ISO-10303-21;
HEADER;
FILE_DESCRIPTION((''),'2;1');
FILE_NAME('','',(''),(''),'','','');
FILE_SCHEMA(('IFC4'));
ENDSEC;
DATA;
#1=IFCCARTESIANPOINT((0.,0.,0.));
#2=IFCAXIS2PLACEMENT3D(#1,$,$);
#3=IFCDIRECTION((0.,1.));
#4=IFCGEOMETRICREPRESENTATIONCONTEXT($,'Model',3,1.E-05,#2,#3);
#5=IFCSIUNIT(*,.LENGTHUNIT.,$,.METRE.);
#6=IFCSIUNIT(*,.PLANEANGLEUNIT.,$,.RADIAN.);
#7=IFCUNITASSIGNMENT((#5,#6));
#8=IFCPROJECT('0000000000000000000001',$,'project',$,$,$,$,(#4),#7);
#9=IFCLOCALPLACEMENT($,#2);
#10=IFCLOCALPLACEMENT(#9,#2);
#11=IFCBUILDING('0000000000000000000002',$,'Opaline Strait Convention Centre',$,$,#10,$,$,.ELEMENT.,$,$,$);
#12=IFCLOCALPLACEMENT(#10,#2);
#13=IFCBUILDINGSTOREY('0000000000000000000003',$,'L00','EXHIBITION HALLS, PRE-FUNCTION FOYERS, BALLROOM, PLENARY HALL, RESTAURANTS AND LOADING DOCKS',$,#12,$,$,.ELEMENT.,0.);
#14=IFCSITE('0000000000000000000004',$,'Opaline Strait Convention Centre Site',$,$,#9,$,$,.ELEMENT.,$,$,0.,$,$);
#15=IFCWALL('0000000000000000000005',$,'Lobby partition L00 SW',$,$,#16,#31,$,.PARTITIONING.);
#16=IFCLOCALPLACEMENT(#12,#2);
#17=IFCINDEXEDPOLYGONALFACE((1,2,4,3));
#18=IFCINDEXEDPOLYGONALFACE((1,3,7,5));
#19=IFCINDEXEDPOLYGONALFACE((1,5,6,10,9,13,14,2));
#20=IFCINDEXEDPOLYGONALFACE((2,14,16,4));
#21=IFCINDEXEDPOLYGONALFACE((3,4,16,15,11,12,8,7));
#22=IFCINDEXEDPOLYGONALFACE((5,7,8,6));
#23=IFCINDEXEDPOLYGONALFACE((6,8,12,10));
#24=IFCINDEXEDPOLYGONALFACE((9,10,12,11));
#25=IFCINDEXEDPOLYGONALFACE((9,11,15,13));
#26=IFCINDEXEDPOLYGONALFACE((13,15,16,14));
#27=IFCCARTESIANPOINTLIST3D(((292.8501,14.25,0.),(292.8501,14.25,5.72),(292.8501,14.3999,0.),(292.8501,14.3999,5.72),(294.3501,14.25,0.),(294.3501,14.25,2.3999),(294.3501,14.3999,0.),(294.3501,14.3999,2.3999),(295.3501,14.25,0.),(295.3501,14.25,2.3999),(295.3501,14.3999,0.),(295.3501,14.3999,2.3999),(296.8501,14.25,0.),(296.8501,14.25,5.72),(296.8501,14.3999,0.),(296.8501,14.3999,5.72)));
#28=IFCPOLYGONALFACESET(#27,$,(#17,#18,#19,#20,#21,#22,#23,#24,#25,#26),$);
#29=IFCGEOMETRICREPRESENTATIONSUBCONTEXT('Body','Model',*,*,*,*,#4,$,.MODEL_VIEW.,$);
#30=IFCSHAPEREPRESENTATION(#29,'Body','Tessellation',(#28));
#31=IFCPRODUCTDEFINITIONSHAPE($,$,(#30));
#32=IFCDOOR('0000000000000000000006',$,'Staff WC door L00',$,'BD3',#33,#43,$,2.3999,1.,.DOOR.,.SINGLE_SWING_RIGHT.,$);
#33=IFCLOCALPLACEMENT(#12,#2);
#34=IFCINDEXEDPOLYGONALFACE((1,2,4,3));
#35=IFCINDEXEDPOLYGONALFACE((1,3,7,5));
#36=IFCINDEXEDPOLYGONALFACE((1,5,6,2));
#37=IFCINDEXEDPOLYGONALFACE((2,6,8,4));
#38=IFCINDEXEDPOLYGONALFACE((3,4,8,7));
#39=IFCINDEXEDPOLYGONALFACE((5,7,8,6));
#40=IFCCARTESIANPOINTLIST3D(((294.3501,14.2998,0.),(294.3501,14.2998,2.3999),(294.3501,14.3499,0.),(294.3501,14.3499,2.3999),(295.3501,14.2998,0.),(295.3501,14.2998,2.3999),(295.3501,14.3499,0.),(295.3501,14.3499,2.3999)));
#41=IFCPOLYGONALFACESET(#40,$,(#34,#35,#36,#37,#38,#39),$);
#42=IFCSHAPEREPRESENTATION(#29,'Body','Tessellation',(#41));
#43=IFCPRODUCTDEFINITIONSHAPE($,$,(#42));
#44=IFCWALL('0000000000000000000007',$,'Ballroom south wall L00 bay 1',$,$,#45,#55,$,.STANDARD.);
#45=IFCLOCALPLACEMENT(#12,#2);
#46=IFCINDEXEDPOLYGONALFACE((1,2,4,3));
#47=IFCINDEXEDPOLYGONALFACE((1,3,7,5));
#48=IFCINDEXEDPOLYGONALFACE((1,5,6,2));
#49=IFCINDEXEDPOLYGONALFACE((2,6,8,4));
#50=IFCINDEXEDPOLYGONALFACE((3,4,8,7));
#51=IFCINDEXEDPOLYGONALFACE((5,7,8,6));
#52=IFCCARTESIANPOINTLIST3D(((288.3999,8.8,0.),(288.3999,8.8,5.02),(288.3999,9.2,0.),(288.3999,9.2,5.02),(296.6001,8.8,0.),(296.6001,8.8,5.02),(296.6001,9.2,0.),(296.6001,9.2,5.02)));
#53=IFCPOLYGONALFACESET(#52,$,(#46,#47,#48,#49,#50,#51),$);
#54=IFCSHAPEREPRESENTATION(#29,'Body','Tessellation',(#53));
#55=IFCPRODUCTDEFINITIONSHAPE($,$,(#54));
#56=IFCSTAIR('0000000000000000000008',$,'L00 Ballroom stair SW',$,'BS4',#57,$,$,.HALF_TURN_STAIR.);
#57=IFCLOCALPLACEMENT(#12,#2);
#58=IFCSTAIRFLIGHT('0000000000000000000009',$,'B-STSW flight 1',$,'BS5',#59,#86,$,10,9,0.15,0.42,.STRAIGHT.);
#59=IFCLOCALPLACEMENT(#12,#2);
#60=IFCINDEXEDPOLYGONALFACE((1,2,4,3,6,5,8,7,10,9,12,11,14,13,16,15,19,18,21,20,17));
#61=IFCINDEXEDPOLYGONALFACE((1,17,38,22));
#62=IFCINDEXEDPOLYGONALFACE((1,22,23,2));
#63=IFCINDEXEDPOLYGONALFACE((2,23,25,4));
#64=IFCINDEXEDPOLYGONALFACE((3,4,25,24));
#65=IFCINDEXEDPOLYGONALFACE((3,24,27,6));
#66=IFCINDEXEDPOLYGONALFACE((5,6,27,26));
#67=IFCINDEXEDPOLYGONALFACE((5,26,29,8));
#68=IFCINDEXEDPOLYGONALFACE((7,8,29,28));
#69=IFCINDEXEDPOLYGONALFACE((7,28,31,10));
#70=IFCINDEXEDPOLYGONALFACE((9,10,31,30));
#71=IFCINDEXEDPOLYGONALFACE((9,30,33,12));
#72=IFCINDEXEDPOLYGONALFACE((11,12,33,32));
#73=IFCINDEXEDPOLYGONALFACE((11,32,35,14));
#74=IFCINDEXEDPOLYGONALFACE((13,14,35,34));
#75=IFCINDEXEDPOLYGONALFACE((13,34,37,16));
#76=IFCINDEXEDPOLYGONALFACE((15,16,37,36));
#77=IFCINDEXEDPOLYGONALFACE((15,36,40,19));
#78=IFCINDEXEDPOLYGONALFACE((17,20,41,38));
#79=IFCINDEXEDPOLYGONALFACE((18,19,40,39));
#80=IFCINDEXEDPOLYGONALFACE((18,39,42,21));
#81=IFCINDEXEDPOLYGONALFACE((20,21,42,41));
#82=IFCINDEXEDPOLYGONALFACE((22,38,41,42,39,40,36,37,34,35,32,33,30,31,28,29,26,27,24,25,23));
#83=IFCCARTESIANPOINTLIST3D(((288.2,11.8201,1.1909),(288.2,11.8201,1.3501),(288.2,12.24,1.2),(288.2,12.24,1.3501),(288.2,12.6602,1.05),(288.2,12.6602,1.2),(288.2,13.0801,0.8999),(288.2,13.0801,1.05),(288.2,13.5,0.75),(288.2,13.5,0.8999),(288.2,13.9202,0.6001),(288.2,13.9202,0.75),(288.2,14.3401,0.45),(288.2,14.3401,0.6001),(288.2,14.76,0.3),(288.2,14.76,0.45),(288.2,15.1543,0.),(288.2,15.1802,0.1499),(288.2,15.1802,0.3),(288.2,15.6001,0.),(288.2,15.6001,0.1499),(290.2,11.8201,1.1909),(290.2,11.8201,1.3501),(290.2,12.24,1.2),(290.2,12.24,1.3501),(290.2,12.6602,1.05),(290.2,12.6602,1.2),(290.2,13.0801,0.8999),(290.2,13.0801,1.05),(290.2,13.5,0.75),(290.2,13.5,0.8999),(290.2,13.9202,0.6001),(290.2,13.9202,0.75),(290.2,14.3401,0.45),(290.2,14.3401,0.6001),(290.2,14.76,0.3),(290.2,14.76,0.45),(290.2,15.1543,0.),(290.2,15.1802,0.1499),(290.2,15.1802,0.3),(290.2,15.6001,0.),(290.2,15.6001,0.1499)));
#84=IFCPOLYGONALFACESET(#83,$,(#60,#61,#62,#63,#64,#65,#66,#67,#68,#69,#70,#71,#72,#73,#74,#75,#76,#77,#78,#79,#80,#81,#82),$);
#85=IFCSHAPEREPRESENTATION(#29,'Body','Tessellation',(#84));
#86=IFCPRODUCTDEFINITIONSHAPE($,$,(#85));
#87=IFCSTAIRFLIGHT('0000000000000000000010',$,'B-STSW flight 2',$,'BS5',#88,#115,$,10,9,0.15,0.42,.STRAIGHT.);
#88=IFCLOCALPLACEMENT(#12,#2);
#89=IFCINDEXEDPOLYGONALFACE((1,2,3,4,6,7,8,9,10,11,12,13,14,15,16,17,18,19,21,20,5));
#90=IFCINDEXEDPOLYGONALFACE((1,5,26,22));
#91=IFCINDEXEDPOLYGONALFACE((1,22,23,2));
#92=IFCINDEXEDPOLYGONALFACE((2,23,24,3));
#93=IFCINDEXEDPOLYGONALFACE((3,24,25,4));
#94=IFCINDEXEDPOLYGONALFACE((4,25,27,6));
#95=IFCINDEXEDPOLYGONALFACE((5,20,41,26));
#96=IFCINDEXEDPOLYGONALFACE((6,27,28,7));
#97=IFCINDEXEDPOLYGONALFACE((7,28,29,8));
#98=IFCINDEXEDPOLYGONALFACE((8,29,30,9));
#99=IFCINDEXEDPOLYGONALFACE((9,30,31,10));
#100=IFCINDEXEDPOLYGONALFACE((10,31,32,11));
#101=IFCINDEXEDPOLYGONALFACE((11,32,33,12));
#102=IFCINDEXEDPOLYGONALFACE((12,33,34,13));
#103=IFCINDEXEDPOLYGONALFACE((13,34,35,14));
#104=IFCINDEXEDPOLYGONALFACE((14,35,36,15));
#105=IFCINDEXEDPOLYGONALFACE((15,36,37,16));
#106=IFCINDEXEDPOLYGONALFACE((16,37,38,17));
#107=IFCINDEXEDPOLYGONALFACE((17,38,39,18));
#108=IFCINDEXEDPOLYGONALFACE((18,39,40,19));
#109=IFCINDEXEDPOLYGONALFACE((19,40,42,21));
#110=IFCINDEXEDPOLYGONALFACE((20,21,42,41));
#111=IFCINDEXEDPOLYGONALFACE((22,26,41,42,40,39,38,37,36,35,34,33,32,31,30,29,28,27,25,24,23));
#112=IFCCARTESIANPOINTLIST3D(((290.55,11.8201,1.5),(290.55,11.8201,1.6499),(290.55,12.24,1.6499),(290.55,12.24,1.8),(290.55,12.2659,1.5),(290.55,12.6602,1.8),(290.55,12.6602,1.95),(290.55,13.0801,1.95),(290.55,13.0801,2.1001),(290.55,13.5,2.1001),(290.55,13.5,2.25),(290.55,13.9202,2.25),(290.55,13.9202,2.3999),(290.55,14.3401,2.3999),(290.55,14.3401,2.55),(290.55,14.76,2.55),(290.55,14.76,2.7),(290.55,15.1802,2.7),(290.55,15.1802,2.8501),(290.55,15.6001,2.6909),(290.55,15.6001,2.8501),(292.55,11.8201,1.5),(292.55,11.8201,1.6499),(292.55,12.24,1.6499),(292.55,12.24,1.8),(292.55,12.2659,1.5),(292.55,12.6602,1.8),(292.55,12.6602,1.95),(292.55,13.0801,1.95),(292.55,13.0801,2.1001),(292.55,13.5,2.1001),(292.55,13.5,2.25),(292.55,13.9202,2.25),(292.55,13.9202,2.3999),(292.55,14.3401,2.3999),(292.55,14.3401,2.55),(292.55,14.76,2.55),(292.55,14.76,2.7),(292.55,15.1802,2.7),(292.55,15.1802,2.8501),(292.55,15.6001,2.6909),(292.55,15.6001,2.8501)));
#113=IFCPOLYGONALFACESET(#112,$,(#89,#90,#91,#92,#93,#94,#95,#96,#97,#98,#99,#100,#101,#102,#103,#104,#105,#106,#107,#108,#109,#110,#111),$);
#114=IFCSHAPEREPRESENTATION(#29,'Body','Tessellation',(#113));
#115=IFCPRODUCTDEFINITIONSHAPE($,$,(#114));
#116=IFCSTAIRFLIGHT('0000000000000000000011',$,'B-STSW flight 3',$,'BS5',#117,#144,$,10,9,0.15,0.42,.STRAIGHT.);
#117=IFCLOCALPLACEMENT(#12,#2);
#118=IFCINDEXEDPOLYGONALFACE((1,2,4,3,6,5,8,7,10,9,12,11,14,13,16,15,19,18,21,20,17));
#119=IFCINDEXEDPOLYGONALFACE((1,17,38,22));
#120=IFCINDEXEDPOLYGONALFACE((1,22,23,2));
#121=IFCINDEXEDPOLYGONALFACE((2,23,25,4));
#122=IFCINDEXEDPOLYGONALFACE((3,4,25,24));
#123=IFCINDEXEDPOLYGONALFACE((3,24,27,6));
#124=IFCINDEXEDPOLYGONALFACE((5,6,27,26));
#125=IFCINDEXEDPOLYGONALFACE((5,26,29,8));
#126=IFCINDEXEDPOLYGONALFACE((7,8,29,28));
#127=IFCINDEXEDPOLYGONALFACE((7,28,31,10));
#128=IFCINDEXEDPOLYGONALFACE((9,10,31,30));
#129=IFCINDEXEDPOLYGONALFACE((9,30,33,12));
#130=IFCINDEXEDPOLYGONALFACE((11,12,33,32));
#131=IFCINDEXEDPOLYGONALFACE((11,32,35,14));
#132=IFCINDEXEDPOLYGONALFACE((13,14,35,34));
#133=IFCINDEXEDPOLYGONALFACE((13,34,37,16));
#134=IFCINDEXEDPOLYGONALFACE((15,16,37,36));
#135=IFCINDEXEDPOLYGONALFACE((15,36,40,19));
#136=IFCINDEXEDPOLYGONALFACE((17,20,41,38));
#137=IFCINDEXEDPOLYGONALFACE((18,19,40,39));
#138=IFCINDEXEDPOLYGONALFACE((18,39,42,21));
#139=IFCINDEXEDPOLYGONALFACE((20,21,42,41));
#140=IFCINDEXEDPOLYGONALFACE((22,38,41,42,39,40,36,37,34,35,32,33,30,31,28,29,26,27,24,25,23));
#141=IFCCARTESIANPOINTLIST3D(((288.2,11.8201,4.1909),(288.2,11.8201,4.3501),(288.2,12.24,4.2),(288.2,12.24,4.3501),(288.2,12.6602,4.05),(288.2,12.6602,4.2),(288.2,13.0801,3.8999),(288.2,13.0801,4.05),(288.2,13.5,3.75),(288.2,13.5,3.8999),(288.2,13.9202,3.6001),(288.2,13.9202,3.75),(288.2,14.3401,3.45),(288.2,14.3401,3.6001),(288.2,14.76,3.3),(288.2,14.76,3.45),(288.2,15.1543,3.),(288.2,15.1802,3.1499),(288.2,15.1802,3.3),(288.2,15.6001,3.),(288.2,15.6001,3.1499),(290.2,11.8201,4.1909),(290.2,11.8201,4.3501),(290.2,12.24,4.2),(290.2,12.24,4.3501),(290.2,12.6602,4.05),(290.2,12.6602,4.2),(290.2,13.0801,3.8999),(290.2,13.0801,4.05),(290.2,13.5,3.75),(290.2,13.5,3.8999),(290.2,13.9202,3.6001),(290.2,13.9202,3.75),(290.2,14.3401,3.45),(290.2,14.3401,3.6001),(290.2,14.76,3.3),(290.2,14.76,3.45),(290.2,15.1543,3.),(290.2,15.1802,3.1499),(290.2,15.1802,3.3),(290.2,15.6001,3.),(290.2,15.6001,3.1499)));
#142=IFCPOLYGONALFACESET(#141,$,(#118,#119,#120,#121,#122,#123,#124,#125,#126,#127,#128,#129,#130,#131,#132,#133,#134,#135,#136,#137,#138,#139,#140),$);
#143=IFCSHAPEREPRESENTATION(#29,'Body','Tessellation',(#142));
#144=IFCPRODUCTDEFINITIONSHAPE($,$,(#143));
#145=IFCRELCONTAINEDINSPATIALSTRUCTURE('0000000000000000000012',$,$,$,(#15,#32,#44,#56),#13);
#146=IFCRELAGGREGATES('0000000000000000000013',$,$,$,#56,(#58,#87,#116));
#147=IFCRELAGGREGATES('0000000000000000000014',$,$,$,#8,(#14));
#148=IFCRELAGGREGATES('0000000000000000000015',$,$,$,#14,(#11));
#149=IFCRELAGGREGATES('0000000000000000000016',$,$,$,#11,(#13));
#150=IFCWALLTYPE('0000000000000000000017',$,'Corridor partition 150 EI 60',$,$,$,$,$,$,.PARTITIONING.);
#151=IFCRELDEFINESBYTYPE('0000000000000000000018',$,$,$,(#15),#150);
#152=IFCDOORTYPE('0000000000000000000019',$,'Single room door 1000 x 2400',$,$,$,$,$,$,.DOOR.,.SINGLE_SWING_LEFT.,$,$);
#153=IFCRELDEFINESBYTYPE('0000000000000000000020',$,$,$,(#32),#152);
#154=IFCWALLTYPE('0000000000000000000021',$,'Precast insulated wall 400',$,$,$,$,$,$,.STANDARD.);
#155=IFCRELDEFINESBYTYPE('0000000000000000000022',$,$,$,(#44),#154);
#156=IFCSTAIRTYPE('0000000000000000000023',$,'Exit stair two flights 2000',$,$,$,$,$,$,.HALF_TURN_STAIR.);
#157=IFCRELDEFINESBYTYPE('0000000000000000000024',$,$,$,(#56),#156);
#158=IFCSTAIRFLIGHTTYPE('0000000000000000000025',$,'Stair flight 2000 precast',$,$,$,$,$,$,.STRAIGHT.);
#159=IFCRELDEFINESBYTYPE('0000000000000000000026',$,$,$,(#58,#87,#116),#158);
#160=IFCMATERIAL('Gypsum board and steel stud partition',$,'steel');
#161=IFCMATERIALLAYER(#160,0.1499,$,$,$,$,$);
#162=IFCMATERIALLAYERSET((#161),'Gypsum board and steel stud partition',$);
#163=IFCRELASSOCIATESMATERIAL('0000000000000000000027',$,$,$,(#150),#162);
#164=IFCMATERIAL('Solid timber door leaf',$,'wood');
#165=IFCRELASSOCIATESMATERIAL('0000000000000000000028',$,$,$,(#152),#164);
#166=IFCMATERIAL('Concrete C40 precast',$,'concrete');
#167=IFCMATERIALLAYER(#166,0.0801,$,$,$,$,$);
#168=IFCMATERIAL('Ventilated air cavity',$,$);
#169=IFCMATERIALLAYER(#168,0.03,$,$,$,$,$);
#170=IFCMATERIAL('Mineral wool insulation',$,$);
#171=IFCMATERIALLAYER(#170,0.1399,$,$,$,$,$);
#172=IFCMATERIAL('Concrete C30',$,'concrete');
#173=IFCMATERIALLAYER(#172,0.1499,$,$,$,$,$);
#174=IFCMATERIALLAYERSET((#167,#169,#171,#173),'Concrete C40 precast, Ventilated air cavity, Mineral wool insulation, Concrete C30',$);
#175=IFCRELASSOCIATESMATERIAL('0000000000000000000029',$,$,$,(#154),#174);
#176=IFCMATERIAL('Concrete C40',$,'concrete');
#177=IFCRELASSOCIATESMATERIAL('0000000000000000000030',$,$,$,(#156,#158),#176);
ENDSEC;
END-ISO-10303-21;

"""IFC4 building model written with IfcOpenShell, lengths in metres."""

from ifc_helpers import new_model, si_unit, direction, frame, frame_2d, origin, place, context, subcontext, project, spatial, polyline, rectangle, outline, extrude, material, layer, layer_set, type_object, element, fill, aggregate, save


model = new_model("IFC4")

# Units and contexts
model_context = context("Model", 3, precision=1e-05, world=origin(), true_north=direction((0.0, 1.0)))
body_context = subcontext(model_context, "Body", "Model", "MODEL_VIEW")
ifc_project = project(units=[si_unit("LENGTHUNIT", "METRE"), si_unit("PLANEANGLEUNIT", "RADIAN")], contexts=[model_context])

# Site, building, storey
site_placement = place(None, origin())
site = spatial("IfcSite", under=ifc_project, at=site_placement, Name="Opaline Strait Convention Centre Site", CompositionType="ELEMENT", RefElevation=0.0)
building_placement = place(site_placement, origin())
building = spatial("IfcBuilding", under=site, at=building_placement, Name="Opaline Strait Convention Centre", CompositionType="ELEMENT")
storey_placement = place(building_placement, origin())
storey = spatial("IfcBuildingStorey", under=building, at=storey_placement, Name="L00", Description="EXHIBITION HALLS, PRE-FUNCTION FOYERS, BALLROOM, PLENARY HALL, RESTAURANTS AND LOADING DOCKS", CompositionType="ELEMENT", Elevation=0.0)

# Wall, opening, door
ifc_material_1 = material(Name="Concrete C40", Category="concrete")
ifc_material_2 = material(Name="Gypsum board and steel stud partition", Category="steel")
ifc_layer_1 = layer(ifc_material_2, 0.1499)
ifc_layer_set_1 = layer_set([ifc_layer_1], Name="Gypsum board and steel stud partition")
wall_type_1 = type_object("IfcWallType", Name="Corridor partition 150 EI 60", PredefinedType="PARTITIONING", material=ifc_layer_set_1)
wall_1_placement = place(storey_placement, frame((292.8501, 14.325, 0.0), z_axis=(0.0, 0.0, 1.0), x_axis=(1.0, 0.0, 0.0)))
wall_1 = element("IfcWall", 1, at=wall_1_placement, inside=storey, type_object=wall_type_1, Name="Lobby partition L00 SW", PredefinedType="PARTITIONING", context=body_context, shape_type="SweptSolid", body=[
    extrude(rectangle(XDim=4.0, YDim=0.1499, at=frame_2d((2.0, 0.0))), origin(), (0.0, 0.0, 1.0), 5.72),
])
opening_1_placement = place(wall_1_placement, frame((1.5, 0.0, 0.0)))
opening_1 = element("IfcOpeningElement", 2, at=opening_1_placement, cuts=wall_1, PredefinedType="OPENING", context=body_context, shape_type="SweptSolid", body=[
    extrude(rectangle(XDim=1.0, YDim=2.3999, at=frame_2d((0.5, 1.2))), frame((0.0, 0.085, 0.0), z_axis=(0.0, -1.0, 0.0), x_axis=(1.0, 0.0, 0.0)), (0.0, 0.0, 1.0), 0.1699),
])
ifc_material_3 = material(Name="Solid timber door leaf", Category="wood")
door_type_1 = type_object("IfcDoorType", Name="Single room door 1000 x 2400", OperationType="SINGLE_SWING_LEFT", PredefinedType="DOOR", material=ifc_material_3)
door_1_placement = place(opening_1_placement, origin())
door_1 = element("IfcDoor", 3, at=door_1_placement, inside=storey, type_object=door_type_1, Name="Staff WC door L00", ObjectType="BD3", OperationType="SINGLE_SWING_RIGHT", OverallHeight=2.3999, OverallWidth=1.0, PredefinedType="DOOR", context=body_context, shape_type="SweptSolid", body=[
    extrude(rectangle(XDim=1.0, YDim=2.3999, at=frame_2d((0.5, 1.2))), frame((0.0, 0.0249, 0.0), z_axis=(0.0, -1.0, 0.0), x_axis=(1.0, 0.0, 0.0)), (0.0, 0.0, 1.0), 0.05),
])
fill(opening_1, door_1)
ifc_material_4 = material(Name="Concrete C40 precast", Category="concrete")
ifc_layer_2 = layer(ifc_material_4, 0.0801)
ifc_material_5 = material(Name="Ventilated air cavity")
ifc_layer_3 = layer(ifc_material_5, 0.03)
ifc_material_6 = material(Name="Mineral wool insulation")
ifc_layer_4 = layer(ifc_material_6, 0.1399)
ifc_material_7 = material(Name="Concrete C30", Category="concrete")
ifc_layer_5 = layer(ifc_material_7, 0.1499)
ifc_layer_set_2 = layer_set([ifc_layer_2, ifc_layer_3, ifc_layer_4, ifc_layer_5], Name="Concrete C40 precast, Ventilated air cavity, Mineral wool insulation, Concrete C30")
wall_type_2 = type_object("IfcWallType", Name="Precast insulated wall 400", PredefinedType="STANDARD", material=ifc_layer_set_2)

# Wall
wall_2_placement = place(storey_placement, frame((288.3999, 9.0, 0.0), z_axis=(0.0, 0.0, 1.0), x_axis=(1.0, 0.0, 0.0)))
element("IfcWall", 4, at=wall_2_placement, inside=storey, type_object=wall_type_2, Name="Ballroom south wall L00 bay 1", PredefinedType="STANDARD", context=body_context, shape_type="SweptSolid", body=[
    extrude(rectangle(XDim=8.2002, YDim=0.3999, at=frame_2d((4.1001, 0.0))), origin(), (0.0, 0.0, 1.0), 5.02),
])

# Stair, stair flights
stair_type = type_object("IfcStairType", Name="Exit stair two flights 2000", PredefinedType="HALF_TURN_STAIR", material=ifc_material_1)
stair_placement = place(storey_placement, origin())
stair = element("IfcStair", 5, at=stair_placement, inside=storey, type_object=stair_type, Name="L00 Ballroom stair SW", ObjectType="BS4", PredefinedType="HALF_TURN_STAIR")
stair_flight_type = type_object("IfcStairFlightType", Name="Stair flight 2000 precast", PredefinedType="STRAIGHT", material=ifc_material_1)
stair_flight_1_placement = place(storey_placement, frame((289.2, 15.6001, 0.0), z_axis=(0.0, 0.0, 1.0), x_axis=(0.0, -1.0, 0.0)))
stair_flight_1 = element("IfcStairFlight", 6, at=stair_flight_1_placement, type_object=stair_flight_type, Name="B-STSW flight 1", ObjectType="BS5", NumberOfRisers=10, NumberOfTreads=9, PredefinedType="STRAIGHT", RiserHeight=0.15, TreadLength=0.42, context=body_context, shape_type="SweptSolid", body=[
    extrude(outline(polyline([(0.0, 0.0), (0.0, 0.1499), (0.4199, 0.1499), (0.4199, 0.3), (0.8401, 0.3), (0.8401, 0.45), (1.26, 0.45), (1.26, 0.6001), (1.6799, 0.6001), (1.6799, 0.75), (2.1001, 0.75), (2.1001, 0.8999), (2.52, 0.8999), (2.52, 1.05), (2.9399, 1.05), (2.9399, 1.2), (3.3601, 1.2), (3.3601, 1.3501), (3.78, 1.3501), (3.78, 1.5), (3.78, 1.1909), (0.4458, 0.0), (0.0, 0.0)])), frame((0.0, 1.0, 0.0), z_axis=(0.0, -1.0, 0.0), x_axis=(1.0, 0.0, 0.0)), (0.0, 0.0, 1.0), 2.0),
])
stair_flight_2_placement = place(storey_placement, frame((291.55, 11.8201, 1.5), z_axis=(0.0, 0.0, 1.0), x_axis=(0.0, 1.0, 0.0)))
stair_flight_2 = element("IfcStairFlight", 7, at=stair_flight_2_placement, type_object=stair_flight_type, Name="B-STSW flight 2", ObjectType="BS5", NumberOfRisers=10, NumberOfTreads=9, PredefinedType="STRAIGHT", RiserHeight=0.15, TreadLength=0.42, context=body_context, shape_type="SweptSolid", body=[
    extrude(outline(polyline([(0.0, 0.0), (0.0, 0.1499), (0.4199, 0.1499), (0.4199, 0.3), (0.8401, 0.3), (0.8401, 0.45), (1.26, 0.45), (1.26, 0.6001), (1.6799, 0.6001), (1.6799, 0.75), (2.1001, 0.75), (2.1001, 0.8999), (2.52, 0.8999), (2.52, 1.05), (2.9399, 1.05), (2.9399, 1.2), (3.3601, 1.2), (3.3601, 1.3501), (3.78, 1.3501), (3.78, 1.5), (3.78, 1.1909), (0.4458, 0.0), (0.0, 0.0)])), frame((0.0, 1.0, 0.0), z_axis=(0.0, -1.0, 0.0), x_axis=(1.0, 0.0, 0.0)), (0.0, 0.0, 1.0), 2.0),
])
stair_flight_3_placement = place(storey_placement, frame((289.2, 15.6001, 3.0), z_axis=(0.0, 0.0, 1.0), x_axis=(0.0, -1.0, 0.0)))
stair_flight_3 = element("IfcStairFlight", 8, at=stair_flight_3_placement, type_object=stair_flight_type, Name="B-STSW flight 3", ObjectType="BS5", NumberOfRisers=10, NumberOfTreads=9, PredefinedType="STRAIGHT", RiserHeight=0.15, TreadLength=0.42, context=body_context, shape_type="SweptSolid", body=[
    extrude(outline(polyline([(0.0, 0.0), (0.0, 0.1499), (0.4199, 0.1499), (0.4199, 0.3), (0.8401, 0.3), (0.8401, 0.45), (1.26, 0.45), (1.26, 0.6001), (1.6799, 0.6001), (1.6799, 0.75), (2.1001, 0.75), (2.1001, 0.8999), (2.52, 0.8999), (2.52, 1.05), (2.9399, 1.05), (2.9399, 1.2), (3.3601, 1.2), (3.3601, 1.3501), (3.78, 1.3501), (3.78, 1.5), (3.78, 1.1909), (0.4458, 0.0), (0.0, 0.0)])), frame((0.0, 1.0, 0.0), z_axis=(0.0, -1.0, 0.0), x_axis=(1.0, 0.0, 0.0)), (0.0, 0.0, 1.0), 2.0),
])
aggregate(stair, [stair_flight_1, stair_flight_2, stair_flight_3])

save(model, "model.ifc")
